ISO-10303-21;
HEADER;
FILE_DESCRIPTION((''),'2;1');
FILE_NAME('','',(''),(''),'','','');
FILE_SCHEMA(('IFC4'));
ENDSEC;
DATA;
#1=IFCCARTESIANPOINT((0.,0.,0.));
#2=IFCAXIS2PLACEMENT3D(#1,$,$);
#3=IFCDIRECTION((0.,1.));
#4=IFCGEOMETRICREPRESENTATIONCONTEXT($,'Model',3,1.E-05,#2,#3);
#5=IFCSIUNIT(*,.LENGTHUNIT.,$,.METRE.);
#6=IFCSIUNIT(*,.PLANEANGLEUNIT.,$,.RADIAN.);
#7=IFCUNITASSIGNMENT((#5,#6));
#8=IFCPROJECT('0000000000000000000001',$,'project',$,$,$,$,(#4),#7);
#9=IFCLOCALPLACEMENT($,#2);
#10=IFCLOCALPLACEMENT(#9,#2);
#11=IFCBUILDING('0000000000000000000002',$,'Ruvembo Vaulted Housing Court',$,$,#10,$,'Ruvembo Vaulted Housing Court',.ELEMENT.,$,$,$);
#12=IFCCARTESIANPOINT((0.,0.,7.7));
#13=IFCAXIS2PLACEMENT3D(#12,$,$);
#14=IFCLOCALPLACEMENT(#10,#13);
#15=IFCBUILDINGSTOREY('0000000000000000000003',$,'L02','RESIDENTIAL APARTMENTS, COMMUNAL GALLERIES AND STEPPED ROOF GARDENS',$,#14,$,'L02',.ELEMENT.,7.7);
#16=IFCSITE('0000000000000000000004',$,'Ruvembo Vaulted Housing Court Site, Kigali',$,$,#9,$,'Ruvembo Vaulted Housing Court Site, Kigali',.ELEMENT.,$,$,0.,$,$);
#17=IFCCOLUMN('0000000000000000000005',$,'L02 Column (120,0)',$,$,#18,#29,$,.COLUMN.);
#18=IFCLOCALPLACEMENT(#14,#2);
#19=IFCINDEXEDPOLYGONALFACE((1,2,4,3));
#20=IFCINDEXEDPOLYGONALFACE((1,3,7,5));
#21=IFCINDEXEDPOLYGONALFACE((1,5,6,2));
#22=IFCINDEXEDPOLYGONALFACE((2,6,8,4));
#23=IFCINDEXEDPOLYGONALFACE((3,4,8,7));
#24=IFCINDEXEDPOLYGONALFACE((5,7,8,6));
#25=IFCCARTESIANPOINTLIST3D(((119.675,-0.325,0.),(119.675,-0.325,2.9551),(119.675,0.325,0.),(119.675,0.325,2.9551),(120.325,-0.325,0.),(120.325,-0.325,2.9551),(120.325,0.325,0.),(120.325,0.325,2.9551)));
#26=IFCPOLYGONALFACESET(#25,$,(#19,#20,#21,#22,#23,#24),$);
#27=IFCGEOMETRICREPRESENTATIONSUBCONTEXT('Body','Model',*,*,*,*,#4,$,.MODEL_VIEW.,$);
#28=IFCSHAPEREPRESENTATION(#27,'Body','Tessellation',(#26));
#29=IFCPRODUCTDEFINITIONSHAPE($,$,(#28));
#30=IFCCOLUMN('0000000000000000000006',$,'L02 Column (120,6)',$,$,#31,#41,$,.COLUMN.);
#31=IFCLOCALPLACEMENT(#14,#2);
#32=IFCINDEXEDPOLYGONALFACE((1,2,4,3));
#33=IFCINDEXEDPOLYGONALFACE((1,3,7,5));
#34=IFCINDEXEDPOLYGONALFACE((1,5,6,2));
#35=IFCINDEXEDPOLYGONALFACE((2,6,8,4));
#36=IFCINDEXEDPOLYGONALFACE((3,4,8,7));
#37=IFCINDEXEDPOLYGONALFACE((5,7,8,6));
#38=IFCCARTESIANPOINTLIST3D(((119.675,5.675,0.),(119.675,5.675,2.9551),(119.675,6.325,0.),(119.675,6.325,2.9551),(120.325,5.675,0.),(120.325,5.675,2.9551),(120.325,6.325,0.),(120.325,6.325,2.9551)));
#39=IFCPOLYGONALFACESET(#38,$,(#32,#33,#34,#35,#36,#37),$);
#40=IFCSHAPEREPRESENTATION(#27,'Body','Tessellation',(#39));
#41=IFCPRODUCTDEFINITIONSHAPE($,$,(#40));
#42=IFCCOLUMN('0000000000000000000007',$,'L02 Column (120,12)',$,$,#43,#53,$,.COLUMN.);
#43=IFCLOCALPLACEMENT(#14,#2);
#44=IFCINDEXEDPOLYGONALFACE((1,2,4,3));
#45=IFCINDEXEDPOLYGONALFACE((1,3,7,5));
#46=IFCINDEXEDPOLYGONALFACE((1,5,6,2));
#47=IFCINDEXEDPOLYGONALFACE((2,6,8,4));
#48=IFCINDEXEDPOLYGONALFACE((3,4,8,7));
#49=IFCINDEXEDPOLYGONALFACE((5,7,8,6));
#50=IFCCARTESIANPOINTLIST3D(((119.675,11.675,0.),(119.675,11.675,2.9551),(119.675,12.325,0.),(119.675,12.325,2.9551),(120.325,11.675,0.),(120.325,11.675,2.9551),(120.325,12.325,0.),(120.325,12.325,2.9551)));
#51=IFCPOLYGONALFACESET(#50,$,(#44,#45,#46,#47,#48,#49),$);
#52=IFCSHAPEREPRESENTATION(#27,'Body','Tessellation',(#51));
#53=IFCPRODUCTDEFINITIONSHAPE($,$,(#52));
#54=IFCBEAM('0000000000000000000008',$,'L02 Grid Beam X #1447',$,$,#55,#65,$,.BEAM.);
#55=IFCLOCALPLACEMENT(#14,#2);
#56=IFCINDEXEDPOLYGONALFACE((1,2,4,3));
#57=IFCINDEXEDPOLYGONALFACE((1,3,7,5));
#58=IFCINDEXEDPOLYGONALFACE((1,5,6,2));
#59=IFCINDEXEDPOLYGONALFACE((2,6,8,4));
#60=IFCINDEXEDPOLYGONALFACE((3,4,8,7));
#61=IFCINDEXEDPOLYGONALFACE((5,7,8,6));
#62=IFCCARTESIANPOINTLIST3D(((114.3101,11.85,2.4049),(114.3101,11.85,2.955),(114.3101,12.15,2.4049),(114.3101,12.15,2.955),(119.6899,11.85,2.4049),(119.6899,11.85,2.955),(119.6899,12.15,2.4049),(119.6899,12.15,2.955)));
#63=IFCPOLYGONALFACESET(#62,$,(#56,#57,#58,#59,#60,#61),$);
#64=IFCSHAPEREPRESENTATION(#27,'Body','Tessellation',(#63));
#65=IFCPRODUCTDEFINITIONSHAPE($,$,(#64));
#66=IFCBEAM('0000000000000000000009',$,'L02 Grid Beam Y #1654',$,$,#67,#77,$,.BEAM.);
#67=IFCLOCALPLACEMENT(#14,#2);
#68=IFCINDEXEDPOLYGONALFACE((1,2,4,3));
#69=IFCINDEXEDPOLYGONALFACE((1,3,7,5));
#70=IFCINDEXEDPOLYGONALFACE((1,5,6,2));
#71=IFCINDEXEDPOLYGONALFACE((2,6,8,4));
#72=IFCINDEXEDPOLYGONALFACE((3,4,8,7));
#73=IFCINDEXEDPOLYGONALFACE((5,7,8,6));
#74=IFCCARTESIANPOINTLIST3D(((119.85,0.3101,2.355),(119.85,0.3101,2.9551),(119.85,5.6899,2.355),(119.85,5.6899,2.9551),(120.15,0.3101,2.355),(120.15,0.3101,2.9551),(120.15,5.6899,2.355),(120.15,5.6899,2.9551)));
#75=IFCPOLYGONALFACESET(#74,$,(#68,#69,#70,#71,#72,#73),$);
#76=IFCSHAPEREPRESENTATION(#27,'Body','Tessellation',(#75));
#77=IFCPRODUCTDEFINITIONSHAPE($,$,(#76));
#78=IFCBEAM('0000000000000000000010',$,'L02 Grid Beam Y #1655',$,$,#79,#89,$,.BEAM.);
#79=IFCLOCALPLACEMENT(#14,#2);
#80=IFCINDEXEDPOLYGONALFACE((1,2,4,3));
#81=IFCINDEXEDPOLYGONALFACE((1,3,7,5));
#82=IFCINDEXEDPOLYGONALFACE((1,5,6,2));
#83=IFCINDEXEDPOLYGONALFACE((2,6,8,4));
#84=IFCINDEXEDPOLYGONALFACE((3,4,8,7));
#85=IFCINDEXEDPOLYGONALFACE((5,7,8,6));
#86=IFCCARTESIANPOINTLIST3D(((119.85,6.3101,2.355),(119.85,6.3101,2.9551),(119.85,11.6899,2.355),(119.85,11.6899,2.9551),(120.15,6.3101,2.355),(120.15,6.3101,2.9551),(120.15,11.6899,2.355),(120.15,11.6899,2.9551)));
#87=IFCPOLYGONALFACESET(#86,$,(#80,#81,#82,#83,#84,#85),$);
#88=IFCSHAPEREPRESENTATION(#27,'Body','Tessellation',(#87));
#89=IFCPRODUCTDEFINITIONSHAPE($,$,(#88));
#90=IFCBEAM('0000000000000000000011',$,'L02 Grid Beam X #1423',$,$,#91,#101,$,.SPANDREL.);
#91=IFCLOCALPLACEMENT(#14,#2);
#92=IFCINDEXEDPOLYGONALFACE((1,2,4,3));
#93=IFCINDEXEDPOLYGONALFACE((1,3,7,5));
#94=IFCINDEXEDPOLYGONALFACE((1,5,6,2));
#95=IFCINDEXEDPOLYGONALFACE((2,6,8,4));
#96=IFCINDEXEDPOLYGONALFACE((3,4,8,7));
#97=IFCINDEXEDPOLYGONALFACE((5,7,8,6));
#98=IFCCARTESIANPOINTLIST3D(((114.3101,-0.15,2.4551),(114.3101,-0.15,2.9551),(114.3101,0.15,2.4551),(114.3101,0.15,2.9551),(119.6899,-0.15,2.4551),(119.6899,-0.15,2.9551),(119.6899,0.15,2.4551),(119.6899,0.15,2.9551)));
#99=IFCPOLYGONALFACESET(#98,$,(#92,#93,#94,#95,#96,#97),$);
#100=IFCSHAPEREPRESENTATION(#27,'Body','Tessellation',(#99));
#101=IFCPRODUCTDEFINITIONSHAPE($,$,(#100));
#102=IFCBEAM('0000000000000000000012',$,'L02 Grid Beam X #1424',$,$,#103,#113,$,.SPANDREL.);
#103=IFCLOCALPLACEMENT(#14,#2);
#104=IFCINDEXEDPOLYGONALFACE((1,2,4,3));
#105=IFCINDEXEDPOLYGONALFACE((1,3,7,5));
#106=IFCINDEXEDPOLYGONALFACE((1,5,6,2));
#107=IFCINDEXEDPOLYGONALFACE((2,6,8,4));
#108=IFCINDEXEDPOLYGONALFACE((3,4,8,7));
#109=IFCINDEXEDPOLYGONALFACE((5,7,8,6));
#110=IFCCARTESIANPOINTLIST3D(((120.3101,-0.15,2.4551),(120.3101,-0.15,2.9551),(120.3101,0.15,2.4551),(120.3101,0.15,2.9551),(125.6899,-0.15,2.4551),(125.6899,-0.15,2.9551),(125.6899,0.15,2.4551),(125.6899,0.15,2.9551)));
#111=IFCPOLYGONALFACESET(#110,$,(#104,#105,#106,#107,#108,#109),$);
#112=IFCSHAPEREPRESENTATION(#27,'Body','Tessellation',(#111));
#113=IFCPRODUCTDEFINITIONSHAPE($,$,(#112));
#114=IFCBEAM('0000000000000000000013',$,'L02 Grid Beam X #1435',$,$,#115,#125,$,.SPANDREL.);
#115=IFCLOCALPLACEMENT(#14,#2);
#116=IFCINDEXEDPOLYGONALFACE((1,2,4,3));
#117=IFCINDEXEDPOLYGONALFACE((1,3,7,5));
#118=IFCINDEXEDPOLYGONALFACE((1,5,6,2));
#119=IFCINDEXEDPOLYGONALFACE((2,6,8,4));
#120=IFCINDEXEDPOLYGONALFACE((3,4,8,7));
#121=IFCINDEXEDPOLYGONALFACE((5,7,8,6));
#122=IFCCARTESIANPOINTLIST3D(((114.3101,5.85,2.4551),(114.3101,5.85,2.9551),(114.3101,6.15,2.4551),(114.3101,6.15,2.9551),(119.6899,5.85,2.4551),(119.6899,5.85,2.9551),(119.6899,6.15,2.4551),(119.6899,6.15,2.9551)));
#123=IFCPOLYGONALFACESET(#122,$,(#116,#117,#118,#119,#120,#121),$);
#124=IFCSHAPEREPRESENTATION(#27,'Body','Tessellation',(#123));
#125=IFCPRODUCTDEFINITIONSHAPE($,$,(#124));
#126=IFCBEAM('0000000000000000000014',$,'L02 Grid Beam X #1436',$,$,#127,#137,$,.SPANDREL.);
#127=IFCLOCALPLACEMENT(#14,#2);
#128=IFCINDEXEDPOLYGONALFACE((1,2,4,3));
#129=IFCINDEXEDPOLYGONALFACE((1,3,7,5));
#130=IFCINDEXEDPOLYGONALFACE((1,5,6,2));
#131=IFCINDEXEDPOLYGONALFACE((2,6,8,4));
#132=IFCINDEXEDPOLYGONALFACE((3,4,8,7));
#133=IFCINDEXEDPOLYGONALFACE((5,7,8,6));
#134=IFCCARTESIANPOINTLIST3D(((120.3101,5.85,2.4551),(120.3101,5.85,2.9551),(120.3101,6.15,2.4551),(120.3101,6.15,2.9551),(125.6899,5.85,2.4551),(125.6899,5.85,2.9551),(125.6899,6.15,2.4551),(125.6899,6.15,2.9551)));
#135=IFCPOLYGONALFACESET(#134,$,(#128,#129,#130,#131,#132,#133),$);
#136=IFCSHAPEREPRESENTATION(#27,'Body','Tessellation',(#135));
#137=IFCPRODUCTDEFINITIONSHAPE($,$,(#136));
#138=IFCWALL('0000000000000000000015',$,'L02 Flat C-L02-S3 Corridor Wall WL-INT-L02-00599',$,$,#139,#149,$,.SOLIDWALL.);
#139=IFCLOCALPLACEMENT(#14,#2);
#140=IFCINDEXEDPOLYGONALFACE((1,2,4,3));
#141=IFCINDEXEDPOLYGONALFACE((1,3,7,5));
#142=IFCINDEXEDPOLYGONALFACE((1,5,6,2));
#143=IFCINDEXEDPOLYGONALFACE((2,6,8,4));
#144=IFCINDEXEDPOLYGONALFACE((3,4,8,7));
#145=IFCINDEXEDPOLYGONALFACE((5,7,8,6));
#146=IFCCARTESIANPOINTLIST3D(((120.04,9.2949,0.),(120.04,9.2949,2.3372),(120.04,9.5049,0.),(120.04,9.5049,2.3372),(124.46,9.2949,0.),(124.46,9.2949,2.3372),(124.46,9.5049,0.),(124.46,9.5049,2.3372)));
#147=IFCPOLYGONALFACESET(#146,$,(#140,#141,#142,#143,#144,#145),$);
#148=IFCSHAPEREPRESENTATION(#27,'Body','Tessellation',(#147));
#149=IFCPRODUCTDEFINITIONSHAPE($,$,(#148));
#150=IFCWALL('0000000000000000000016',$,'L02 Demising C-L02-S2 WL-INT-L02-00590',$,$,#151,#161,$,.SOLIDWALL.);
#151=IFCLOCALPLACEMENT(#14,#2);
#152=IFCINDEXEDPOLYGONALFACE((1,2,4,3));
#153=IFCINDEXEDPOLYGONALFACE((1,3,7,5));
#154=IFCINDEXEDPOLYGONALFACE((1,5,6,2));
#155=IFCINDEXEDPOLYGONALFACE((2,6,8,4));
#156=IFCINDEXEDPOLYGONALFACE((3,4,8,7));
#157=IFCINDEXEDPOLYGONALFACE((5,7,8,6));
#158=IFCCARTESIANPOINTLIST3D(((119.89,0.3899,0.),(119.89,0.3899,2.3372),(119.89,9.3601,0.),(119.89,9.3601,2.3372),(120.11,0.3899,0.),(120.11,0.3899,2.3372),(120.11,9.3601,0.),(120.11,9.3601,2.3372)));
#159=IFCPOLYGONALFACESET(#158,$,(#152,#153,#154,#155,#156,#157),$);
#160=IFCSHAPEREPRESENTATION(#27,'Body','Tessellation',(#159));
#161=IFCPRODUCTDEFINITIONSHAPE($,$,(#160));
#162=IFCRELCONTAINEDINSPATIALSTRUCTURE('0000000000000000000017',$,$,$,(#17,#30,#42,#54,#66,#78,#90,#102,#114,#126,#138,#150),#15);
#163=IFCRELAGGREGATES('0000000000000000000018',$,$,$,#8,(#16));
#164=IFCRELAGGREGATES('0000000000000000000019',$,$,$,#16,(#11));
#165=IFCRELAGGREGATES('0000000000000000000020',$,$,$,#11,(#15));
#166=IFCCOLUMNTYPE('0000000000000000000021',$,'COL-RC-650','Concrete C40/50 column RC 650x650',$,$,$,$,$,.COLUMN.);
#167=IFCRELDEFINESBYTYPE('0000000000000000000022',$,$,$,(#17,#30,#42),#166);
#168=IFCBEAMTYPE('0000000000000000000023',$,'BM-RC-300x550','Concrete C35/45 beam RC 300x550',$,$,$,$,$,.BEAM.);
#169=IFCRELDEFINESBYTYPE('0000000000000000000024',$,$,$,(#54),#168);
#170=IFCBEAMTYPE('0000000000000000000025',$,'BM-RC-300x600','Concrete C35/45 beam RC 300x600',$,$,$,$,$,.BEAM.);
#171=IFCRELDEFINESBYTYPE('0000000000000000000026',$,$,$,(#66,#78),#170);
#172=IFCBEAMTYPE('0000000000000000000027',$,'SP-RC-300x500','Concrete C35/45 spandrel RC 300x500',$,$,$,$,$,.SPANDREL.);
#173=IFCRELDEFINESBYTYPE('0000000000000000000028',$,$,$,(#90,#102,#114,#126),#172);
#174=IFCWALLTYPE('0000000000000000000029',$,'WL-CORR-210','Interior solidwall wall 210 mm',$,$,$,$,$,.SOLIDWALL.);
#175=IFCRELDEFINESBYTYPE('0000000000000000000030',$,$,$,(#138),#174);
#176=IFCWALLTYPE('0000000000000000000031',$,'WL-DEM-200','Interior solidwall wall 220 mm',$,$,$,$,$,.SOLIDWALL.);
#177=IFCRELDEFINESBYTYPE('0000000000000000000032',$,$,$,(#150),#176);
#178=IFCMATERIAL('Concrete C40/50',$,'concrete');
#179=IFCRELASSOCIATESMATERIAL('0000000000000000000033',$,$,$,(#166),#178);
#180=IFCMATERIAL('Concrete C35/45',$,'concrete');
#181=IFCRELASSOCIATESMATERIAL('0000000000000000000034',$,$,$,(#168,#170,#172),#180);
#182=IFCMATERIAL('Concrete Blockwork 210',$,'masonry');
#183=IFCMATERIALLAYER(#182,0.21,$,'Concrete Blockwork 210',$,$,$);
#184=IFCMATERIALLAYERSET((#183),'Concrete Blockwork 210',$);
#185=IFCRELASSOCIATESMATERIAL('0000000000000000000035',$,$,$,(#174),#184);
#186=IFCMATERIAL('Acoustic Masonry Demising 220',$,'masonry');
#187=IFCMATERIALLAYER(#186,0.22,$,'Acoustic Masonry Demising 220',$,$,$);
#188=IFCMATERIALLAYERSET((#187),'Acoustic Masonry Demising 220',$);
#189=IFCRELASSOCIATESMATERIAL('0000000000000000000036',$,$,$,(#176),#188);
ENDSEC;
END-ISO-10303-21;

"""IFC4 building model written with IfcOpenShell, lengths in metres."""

from ifc_helpers import new_model, si_unit, direction, frame, frame_2d, origin, origin_2d, place, context, subcontext, project, spatial, rectangle, extrude, material, layer, layer_set, material_profile, profile_set, type_object, element, save


model = new_model("IFC4")

# Units and contexts
model_context = context("Model", 3, precision=1e-05, world=origin(), true_north=direction((0.0, 1.0)))
body_context = subcontext(model_context, "Body", "Model", "MODEL_VIEW")
ifc_project = project(units=[si_unit("LENGTHUNIT", "METRE"), si_unit("PLANEANGLEUNIT", "RADIAN")], contexts=[model_context])

# Site, building, storey
site_placement = place(None, origin())
site = spatial("IfcSite", under=ifc_project, at=site_placement, Name="Ruvembo Vaulted Housing Court Site, Kigali", LongName="Ruvembo Vaulted Housing Court Site, Kigali", CompositionType="ELEMENT", RefElevation=0.0)
building_placement = place(site_placement, origin())
building = spatial("IfcBuilding", under=site, at=building_placement, Name="Ruvembo Vaulted Housing Court", LongName="Ruvembo Vaulted Housing Court", CompositionType="ELEMENT")
storey_placement = place(building_placement, frame((0.0, 0.0, 7.7)))
storey = spatial("IfcBuildingStorey", under=building, at=storey_placement, Name="L02", Description="RESIDENTIAL APARTMENTS, COMMUNAL GALLERIES AND STEPPED ROOF GARDENS", LongName="L02", CompositionType="ELEMENT", Elevation=7.7)

# Columns
ifc_material_1 = material(Name="Concrete C40/50", Category="concrete")
ifc_material_profile_1 = material_profile(ifc_material_1, rectangle(XDim=0.6499, YDim=0.6499, at=origin_2d()), Name="RC 650x650")
ifc_profile_set_1 = profile_set([ifc_material_profile_1], Name="Concrete C40/50")
column_type = type_object("IfcColumnType", Name="COL-RC-650", Description="Concrete C40/50 column RC 650x650", PredefinedType="COLUMN", material=ifc_profile_set_1)
for number, where, z_axis, x_axis, name in (
    (1, (120.0, 0.0, 0.0), (0.0, 0.0, 1.0), (1.0, 0.0, 0.0), "L02 Column (120,0)"),
    (2, (120.0, 6.0, 0.0), (0.0, 0.0, 1.0), (1.0, 0.0, 0.0), "L02 Column (120,6)"),
    (3, (120.0, 12.0, 0.0), (0.0, 0.0, 1.0), (1.0, 0.0, 0.0), "L02 Column (120,12)"),
):
    element("IfcColumn", number, at=place(storey_placement, frame(where, z_axis=z_axis, x_axis=x_axis)), inside=storey, type_object=column_type, Name=name, PredefinedType="COLUMN", context=body_context, shape_type="SweptSolid", body=[
        extrude(rectangle(XDim=0.6499, YDim=0.6499, at=origin_2d()), origin(), (0.0, 0.0, 1.0), 2.9551),
    ])

# Beams
ifc_material_2 = material(Name="Concrete C35/45", Category="concrete")
ifc_material_profile_2 = material_profile(ifc_material_2, rectangle(XDim=0.3, YDim=0.55, at=origin_2d()), Name="RC 300x550")
ifc_profile_set_2 = profile_set([ifc_material_profile_2], Name="Concrete C35/45")
beam_type_1 = type_object("IfcBeamType", Name="BM-RC-300x550", Description="Concrete C35/45 beam RC 300x550", PredefinedType="BEAM", material=ifc_profile_set_2)
beam_placement = place(storey_placement, frame((114.3101, 12.0, 2.6799), z_axis=(1.0, 0.0, 0.0), x_axis=(0.0, 1.0, 0.0)))
element("IfcBeam", 4, at=beam_placement, inside=storey, type_object=beam_type_1, Name="L02 Grid Beam X #1447", PredefinedType="BEAM", context=body_context, shape_type="SweptSolid", body=[
    extrude(rectangle(XDim=0.3, YDim=0.55, at=origin_2d()), origin(), (0.0, 0.0, 1.0), 5.3799),
])
ifc_material_profile_3 = material_profile(ifc_material_2, rectangle(XDim=0.3, YDim=0.6001, at=origin_2d()), Name="RC 300x600")
ifc_profile_set_3 = profile_set([ifc_material_profile_3], Name="Concrete C35/45")
beam_type_2 = type_object("IfcBeamType", Name="BM-RC-300x600", Description="Concrete C35/45 beam RC 300x600", PredefinedType="BEAM", material=ifc_profile_set_3)
for number, where, z_axis, x_axis, name in (
    (5, (120.0, 0.3101, 2.655), (0.0, 1.0, 0.0), (-1.0, 0.0, 0.0), "L02 Grid Beam Y #1654"),
    (6, (120.0, 6.3101, 2.655), (0.0, 1.0, 0.0), (-1.0, 0.0, 0.0), "L02 Grid Beam Y #1655"),
):
    element("IfcBeam", number, at=place(storey_placement, frame(where, z_axis=z_axis, x_axis=x_axis)), inside=storey, type_object=beam_type_2, Name=name, PredefinedType="BEAM", context=body_context, shape_type="SweptSolid", body=[
        extrude(rectangle(XDim=0.3, YDim=0.6001, at=origin_2d()), origin(), (0.0, 0.0, 1.0), 5.3799),
    ])
ifc_material_profile_4 = material_profile(ifc_material_2, rectangle(XDim=0.3, YDim=0.5, at=origin_2d()), Name="RC 300x500")
ifc_profile_set_4 = profile_set([ifc_material_profile_4], Name="Concrete C35/45")
beam_type_3 = type_object("IfcBeamType", Name="SP-RC-300x500", Description="Concrete C35/45 spandrel RC 300x500", PredefinedType="SPANDREL", material=ifc_profile_set_4)
for number, where, z_axis, x_axis, name in (
    (7, (114.3101, 0.0, 2.7051), (1.0, 0.0, 0.0), (0.0, 1.0, 0.0), "L02 Grid Beam X #1423"),
    (8, (120.3101, 0.0, 2.7051), (1.0, 0.0, 0.0), (0.0, 1.0, 0.0), "L02 Grid Beam X #1424"),
    (9, (114.3101, 6.0, 2.7051), (1.0, 0.0, 0.0), (0.0, 1.0, 0.0), "L02 Grid Beam X #1435"),
    (10, (120.3101, 6.0, 2.7051), (1.0, 0.0, 0.0), (0.0, 1.0, 0.0), "L02 Grid Beam X #1436"),
):
    element("IfcBeam", number, at=place(storey_placement, frame(where, z_axis=z_axis, x_axis=x_axis)), inside=storey, type_object=beam_type_3, Name=name, PredefinedType="SPANDREL", context=body_context, shape_type="SweptSolid", body=[
        extrude(rectangle(XDim=0.3, YDim=0.5, at=origin_2d()), origin(), (0.0, 0.0, 1.0), 5.3799),
    ])

# Shared definitions
ifc_material_3 = material(Name="Concrete Blockwork 210", Category="masonry")
ifc_layer_1 = layer(ifc_material_3, 0.21, Name="Concrete Blockwork 210")
ifc_layer_set_1 = layer_set([ifc_layer_1], Name="Concrete Blockwork 210")
wall_type_1 = type_object("IfcWallType", Name="WL-CORR-210", Description="Interior solidwall wall 210 mm", PredefinedType="SOLIDWALL", material=ifc_layer_set_1)

# Walls
wall_1_placement = place(storey_placement, frame((120.04, 9.3999, 0.0), z_axis=(0.0, 0.0, 1.0), x_axis=(1.0, 0.0, 0.0)))
element("IfcWall", 11, at=wall_1_placement, inside=storey, type_object=wall_type_1, Name="L02 Flat C-L02-S3 Corridor Wall WL-INT-L02-00599", PredefinedType="SOLIDWALL", context=body_context, shape_type="SweptSolid", body=[
    extrude(rectangle(XDim=4.4199, YDim=0.21, at=frame_2d((2.21, 0.0))), origin(), (0.0, 0.0, 1.0), 2.3372),
])
ifc_material_4 = material(Name="Acoustic Masonry Demising 220", Category="masonry")
ifc_layer_2 = layer(ifc_material_4, 0.22, Name="Acoustic Masonry Demising 220")
ifc_layer_set_2 = layer_set([ifc_layer_2], Name="Acoustic Masonry Demising 220")
wall_type_2 = type_object("IfcWallType", Name="WL-DEM-200", Description="Interior solidwall wall 220 mm", PredefinedType="SOLIDWALL", material=ifc_layer_set_2)
wall_2_placement = place(storey_placement, frame((120.0, 0.3899, 0.0), z_axis=(0.0, 0.0, 1.0), x_axis=(0.0, 1.0, 0.0)))
element("IfcWall", 12, at=wall_2_placement, inside=storey, type_object=wall_type_2, Name="L02 Demising C-L02-S2 WL-INT-L02-00590", PredefinedType="SOLIDWALL", context=body_context, shape_type="SweptSolid", body=[
    extrude(rectangle(XDim=8.9702, YDim=0.22, at=frame_2d((4.4851, 0.0))), origin(), (0.0, 0.0, 1.0), 2.3372),
])

save(model, "model.ifc")
